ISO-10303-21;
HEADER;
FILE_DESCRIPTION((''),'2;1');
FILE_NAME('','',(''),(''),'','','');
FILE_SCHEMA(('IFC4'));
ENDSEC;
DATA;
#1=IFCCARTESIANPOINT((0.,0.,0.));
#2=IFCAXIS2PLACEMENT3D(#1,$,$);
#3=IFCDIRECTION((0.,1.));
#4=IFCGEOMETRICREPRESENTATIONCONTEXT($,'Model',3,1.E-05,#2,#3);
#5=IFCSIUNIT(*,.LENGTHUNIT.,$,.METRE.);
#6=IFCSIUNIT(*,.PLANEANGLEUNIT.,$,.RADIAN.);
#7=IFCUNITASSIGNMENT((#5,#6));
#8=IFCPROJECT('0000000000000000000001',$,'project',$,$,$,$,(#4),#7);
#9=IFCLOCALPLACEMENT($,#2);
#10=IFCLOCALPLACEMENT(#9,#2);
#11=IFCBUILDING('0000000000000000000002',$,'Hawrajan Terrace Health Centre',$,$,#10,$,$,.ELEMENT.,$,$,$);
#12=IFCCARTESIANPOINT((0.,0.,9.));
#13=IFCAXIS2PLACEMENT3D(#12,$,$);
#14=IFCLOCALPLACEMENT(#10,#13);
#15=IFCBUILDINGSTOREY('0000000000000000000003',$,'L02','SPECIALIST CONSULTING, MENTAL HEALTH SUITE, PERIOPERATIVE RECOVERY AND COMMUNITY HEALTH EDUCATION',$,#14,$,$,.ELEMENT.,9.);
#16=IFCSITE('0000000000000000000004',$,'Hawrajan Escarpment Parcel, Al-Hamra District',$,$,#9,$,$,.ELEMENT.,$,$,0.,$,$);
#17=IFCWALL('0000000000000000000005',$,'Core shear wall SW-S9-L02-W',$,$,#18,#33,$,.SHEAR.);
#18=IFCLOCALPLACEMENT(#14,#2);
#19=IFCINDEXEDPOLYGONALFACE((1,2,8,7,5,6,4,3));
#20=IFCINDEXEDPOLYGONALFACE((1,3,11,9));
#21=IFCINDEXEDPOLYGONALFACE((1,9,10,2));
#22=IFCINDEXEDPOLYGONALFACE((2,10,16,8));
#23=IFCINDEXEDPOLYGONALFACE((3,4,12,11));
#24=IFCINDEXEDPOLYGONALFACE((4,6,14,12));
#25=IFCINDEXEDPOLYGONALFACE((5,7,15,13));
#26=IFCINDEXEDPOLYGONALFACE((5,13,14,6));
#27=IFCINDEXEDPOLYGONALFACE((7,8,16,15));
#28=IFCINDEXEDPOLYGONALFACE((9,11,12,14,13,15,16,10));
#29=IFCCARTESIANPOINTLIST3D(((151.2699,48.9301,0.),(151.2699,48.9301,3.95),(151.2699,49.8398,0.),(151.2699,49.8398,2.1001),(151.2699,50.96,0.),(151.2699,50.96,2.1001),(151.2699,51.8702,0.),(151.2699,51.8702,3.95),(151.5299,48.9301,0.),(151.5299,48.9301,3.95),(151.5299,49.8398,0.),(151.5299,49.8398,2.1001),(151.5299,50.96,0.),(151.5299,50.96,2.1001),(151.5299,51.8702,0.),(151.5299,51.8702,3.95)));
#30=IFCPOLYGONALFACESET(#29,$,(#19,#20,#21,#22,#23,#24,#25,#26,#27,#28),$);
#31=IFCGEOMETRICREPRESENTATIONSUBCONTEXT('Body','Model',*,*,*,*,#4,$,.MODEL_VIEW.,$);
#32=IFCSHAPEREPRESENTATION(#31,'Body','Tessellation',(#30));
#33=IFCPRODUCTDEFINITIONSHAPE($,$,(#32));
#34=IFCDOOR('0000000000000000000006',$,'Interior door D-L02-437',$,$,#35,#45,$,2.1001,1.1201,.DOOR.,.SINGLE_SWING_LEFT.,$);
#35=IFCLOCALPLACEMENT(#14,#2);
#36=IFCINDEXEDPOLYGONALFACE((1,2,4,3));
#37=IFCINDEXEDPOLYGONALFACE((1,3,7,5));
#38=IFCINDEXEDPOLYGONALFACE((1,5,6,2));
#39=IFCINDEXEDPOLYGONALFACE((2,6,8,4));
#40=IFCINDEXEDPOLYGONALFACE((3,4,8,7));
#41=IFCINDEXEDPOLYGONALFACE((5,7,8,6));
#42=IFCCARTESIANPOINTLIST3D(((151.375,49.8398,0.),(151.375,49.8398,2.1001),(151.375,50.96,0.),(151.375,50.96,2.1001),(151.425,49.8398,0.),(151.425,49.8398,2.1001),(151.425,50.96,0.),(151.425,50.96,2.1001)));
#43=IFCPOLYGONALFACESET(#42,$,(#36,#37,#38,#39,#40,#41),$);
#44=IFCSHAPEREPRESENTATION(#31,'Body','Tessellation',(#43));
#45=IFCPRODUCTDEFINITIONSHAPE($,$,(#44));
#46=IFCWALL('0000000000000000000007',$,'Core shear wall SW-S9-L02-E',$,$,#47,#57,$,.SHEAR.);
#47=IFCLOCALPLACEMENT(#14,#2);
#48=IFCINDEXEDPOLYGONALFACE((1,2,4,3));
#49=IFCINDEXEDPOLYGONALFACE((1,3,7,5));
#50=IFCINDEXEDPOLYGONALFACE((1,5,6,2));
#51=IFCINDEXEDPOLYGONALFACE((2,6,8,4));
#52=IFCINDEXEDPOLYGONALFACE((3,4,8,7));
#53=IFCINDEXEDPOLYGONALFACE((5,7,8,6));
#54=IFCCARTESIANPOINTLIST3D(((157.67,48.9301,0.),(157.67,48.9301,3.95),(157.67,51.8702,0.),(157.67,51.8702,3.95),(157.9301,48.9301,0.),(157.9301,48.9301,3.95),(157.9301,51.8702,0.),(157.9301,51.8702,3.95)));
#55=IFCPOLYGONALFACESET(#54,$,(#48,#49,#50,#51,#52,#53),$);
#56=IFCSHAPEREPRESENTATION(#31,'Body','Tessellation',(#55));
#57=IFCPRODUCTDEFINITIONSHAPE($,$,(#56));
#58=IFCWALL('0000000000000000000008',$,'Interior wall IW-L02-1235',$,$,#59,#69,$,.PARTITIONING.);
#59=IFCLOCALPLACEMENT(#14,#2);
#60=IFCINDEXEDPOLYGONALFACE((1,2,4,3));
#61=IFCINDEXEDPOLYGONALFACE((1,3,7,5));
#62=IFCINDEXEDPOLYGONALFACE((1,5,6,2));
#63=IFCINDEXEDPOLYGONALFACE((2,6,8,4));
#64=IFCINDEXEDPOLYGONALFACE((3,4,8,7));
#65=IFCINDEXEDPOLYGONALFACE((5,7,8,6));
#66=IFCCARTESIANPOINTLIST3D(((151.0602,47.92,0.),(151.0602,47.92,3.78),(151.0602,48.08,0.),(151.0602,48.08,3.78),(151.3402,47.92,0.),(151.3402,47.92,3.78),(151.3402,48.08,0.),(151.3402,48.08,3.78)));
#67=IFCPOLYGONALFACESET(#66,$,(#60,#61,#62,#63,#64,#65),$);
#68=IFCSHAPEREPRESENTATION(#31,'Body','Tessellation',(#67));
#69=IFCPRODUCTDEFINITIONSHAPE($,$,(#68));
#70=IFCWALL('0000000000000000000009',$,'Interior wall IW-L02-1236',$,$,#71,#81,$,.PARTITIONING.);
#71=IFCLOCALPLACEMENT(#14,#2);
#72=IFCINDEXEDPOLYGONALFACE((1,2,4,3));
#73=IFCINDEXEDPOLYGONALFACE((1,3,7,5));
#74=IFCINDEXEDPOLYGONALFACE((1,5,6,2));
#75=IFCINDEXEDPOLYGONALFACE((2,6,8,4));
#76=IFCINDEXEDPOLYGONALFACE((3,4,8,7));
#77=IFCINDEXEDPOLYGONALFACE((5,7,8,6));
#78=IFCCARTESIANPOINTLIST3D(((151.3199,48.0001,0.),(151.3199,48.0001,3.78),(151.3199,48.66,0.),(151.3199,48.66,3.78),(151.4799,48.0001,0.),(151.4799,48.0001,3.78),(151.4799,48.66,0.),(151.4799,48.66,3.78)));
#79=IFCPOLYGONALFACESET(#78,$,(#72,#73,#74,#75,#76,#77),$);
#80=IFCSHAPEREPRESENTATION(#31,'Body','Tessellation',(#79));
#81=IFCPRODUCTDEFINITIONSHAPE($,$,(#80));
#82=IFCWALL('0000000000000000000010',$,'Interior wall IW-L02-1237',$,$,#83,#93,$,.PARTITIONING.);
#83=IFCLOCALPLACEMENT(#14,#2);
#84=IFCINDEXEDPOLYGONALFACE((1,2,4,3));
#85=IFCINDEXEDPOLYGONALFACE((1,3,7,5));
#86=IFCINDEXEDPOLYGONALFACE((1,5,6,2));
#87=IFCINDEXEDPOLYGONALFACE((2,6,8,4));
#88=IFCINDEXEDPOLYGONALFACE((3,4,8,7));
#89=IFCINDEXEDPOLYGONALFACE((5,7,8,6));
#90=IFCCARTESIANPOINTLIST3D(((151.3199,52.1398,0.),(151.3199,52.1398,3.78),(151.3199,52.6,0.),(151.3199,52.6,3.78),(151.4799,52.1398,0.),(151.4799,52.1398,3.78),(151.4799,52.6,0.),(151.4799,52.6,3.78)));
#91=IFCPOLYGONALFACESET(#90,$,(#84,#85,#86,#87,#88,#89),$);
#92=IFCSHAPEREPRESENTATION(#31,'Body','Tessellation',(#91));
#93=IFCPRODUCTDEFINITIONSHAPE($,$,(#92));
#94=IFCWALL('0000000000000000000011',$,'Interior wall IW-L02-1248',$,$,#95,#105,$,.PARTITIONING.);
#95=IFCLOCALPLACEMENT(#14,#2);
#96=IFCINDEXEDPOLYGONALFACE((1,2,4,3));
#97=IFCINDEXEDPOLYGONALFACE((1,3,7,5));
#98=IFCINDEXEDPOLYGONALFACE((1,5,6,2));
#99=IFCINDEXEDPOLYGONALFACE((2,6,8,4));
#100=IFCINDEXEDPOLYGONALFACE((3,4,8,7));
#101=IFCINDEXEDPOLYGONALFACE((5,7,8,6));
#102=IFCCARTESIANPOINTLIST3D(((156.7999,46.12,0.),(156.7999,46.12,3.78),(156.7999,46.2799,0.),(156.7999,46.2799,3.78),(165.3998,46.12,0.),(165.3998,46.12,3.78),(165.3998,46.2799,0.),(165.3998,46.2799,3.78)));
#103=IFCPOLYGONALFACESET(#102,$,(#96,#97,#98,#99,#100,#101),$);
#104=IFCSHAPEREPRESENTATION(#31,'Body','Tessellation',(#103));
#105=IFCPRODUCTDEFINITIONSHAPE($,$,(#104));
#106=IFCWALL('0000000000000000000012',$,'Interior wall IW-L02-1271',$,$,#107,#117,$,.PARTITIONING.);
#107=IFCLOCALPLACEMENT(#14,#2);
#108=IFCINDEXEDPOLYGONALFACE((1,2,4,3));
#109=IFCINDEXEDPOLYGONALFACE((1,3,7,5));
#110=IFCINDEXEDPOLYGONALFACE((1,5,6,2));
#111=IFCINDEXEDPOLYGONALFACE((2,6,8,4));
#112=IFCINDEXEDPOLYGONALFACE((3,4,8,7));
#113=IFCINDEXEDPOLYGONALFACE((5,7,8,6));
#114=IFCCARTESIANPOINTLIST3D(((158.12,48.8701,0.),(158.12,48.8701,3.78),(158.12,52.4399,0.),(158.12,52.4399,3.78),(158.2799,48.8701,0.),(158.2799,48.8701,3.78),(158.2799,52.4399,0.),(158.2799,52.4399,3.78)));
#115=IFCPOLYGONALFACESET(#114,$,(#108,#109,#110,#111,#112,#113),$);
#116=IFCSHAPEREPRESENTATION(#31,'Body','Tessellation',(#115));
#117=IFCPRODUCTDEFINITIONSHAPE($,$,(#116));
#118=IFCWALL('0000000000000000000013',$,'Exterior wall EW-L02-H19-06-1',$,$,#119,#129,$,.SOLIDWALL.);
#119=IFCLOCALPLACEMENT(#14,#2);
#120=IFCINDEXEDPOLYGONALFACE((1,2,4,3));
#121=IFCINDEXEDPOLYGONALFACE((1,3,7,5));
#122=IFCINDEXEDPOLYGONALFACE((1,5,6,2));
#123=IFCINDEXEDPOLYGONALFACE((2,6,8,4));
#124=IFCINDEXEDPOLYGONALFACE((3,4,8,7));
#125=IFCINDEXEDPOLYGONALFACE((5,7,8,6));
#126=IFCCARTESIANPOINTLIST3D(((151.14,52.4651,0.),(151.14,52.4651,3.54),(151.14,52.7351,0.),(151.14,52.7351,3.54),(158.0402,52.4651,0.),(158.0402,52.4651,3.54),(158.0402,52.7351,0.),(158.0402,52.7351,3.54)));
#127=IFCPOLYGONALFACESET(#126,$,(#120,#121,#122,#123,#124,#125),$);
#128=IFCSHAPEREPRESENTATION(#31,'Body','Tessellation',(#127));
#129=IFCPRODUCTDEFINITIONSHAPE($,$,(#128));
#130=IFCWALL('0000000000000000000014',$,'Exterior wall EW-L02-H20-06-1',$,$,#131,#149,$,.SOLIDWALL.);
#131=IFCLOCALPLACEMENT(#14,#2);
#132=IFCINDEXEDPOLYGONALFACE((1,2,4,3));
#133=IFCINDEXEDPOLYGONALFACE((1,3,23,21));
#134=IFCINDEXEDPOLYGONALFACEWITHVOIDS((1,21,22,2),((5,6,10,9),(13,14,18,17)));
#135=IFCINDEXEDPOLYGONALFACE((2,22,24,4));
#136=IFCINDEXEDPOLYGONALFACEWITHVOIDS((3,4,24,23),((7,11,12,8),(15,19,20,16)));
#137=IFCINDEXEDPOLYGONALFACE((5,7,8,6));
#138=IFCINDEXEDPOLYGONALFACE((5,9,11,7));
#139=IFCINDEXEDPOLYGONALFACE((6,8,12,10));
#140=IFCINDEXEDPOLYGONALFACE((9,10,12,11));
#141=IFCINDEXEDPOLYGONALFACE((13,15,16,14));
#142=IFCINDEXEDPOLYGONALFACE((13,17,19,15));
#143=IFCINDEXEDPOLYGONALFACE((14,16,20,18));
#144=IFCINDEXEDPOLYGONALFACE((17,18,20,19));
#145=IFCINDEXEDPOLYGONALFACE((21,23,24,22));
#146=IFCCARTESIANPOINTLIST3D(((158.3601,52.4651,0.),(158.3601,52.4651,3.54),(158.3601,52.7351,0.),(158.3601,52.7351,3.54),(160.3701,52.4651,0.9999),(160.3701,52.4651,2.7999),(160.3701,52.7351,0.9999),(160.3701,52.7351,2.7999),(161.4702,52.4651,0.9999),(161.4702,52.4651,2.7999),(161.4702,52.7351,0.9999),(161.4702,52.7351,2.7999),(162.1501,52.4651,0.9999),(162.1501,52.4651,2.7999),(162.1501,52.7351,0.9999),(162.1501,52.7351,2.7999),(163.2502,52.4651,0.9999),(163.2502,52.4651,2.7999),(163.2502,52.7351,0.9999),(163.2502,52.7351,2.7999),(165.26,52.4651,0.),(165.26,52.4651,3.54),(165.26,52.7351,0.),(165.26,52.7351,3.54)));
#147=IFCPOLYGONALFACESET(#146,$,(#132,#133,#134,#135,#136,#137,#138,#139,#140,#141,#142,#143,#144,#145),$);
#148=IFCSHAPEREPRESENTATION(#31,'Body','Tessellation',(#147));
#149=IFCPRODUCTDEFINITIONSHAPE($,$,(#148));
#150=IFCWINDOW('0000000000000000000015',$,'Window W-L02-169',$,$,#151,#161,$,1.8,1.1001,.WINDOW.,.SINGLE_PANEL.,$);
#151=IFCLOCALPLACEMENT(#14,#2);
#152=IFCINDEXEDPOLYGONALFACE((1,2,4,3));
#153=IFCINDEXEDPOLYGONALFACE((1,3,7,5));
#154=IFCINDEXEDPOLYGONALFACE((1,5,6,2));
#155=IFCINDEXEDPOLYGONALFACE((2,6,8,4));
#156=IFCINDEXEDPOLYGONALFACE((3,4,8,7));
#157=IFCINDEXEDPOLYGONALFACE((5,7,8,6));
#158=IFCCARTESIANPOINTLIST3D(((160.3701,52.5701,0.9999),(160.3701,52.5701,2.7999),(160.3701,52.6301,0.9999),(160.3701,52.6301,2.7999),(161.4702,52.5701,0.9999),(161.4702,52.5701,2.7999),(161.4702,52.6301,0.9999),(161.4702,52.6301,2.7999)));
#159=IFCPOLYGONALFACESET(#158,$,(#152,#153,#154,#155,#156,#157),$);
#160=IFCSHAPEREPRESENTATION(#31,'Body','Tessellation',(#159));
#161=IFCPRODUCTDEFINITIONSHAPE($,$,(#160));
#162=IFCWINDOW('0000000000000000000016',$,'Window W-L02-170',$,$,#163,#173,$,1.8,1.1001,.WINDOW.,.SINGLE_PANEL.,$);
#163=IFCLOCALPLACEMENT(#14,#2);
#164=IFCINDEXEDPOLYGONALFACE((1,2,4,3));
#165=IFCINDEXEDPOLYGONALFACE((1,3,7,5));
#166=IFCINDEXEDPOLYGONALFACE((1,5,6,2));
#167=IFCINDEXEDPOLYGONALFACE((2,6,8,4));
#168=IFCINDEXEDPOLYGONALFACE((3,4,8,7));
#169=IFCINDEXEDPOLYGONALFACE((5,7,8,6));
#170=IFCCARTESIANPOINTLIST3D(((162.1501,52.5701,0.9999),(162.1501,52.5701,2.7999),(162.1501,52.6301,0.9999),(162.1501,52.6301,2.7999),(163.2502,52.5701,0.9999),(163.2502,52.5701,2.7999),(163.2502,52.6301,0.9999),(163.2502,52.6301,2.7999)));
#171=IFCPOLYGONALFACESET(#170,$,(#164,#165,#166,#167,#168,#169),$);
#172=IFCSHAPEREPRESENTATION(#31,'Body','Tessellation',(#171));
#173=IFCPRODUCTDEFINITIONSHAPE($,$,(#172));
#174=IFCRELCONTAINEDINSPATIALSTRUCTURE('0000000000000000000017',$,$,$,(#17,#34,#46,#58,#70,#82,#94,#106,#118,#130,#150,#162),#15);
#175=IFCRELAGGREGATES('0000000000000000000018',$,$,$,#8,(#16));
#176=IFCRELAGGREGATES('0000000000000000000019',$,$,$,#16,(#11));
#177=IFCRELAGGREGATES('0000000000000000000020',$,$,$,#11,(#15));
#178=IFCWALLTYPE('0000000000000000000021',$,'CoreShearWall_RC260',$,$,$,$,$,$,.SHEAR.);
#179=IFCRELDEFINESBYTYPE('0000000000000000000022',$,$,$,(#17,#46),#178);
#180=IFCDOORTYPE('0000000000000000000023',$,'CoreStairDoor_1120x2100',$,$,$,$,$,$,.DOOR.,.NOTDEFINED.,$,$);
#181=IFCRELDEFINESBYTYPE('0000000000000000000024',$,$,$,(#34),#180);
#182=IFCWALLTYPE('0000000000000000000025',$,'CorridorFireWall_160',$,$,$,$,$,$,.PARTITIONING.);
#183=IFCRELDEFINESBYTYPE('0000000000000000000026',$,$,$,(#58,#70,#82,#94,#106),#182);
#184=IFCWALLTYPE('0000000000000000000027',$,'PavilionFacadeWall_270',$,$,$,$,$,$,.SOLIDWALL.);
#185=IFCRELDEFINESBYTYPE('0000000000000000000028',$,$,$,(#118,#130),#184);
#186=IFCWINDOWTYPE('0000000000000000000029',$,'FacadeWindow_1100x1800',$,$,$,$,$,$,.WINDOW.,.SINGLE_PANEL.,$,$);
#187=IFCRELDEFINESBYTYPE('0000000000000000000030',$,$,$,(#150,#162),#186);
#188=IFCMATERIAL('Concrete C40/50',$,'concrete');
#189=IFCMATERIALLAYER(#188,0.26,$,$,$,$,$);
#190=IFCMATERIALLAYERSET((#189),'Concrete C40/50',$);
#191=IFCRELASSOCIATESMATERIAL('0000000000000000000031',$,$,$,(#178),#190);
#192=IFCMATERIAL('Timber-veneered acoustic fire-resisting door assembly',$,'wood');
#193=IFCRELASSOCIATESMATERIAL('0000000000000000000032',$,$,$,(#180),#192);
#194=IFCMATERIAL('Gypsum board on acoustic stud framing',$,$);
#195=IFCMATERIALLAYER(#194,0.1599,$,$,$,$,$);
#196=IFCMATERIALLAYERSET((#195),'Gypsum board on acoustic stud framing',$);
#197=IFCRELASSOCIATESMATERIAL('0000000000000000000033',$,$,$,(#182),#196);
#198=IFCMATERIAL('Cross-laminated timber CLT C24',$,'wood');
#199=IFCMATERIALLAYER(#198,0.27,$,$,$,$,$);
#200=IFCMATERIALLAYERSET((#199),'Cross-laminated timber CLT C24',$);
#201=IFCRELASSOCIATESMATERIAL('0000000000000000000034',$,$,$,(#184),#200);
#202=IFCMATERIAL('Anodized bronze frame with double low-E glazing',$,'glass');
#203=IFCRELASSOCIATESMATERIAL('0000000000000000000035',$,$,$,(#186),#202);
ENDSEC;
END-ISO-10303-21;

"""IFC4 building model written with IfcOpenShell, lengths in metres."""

from ifc_helpers import new_model, si_unit, direction, frame, frame_2d, origin, place, context, subcontext, project, spatial, rectangle, extrude, material, layer, layer_set, type_object, element, fill, save


model = new_model("IFC4")

# Units and contexts
model_context = context("Model", 3, precision=1e-05, world=origin(), true_north=direction((0.0, 1.0)))
body_context = subcontext(model_context, "Body", "Model", "MODEL_VIEW")
ifc_project = project(units=[si_unit("LENGTHUNIT", "METRE"), si_unit("PLANEANGLEUNIT", "RADIAN")], contexts=[model_context])

# Site, building, storey
site_placement = place(None, origin())
site = spatial("IfcSite", under=ifc_project, at=site_placement, Name="Hawrajan Escarpment Parcel, Al-Hamra District", CompositionType="ELEMENT", RefElevation=0.0)
building_placement = place(site_placement, origin())
building = spatial("IfcBuilding", under=site, at=building_placement, Name="Hawrajan Terrace Health Centre", CompositionType="ELEMENT")
storey_placement = place(building_placement, frame((0.0, 0.0, 9.0)))
storey = spatial("IfcBuildingStorey", under=building, at=storey_placement, Name="L02", Description="SPECIALIST CONSULTING, MENTAL HEALTH SUITE, PERIOPERATIVE RECOVERY AND COMMUNITY HEALTH EDUCATION", CompositionType="ELEMENT", Elevation=9.0)

# Shared definitions
ifc_material_1 = material(Name="Gypsum board on acoustic stud framing")

# Shared definitions
ifc_material_2 = material(Name="Concrete C40/50", Category="concrete")
ifc_layer_1 = layer(ifc_material_2, 0.26)
ifc_layer_set_1 = layer_set([ifc_layer_1], Name="Concrete C40/50")
wall_type_1 = type_object("IfcWallType", Name="CoreShearWall_RC260", PredefinedType="SHEAR", material=ifc_layer_set_1)

# Wall, opening, door
wall_1_placement = place(storey_placement, frame((151.3999, 48.9299, 0.0), z_axis=(0.0, 0.0, 1.0), x_axis=(0.0, 1.0, 0.0)))
wall_1 = element("IfcWall", 1, at=wall_1_placement, inside=storey, type_object=wall_type_1, Name="Core shear wall SW-S9-L02-W", PredefinedType="SHEAR", context=body_context, shape_type="SweptSolid", body=[
    extrude(rectangle(XDim=2.9402, YDim=0.26, at=frame_2d((1.4702, 0.0))), origin(), (0.0, 0.0, 1.0), 3.95),
])
opening_1_placement = place(wall_1_placement, frame((0.9099, 0.0, 0.0)))
opening_1 = element("IfcOpeningElement", 2, at=opening_1_placement, cuts=wall_1, PredefinedType="OPENING", context=body_context, shape_type="SweptSolid", body=[
    extrude(rectangle(XDim=1.1201, YDim=2.1001, at=frame_2d((0.5601, 1.05))), frame((0.0, 0.1399, 0.0), z_axis=(0.0, -1.0, 0.0), x_axis=(1.0, 0.0, 0.0)), (0.0, 0.0, 1.0), 0.28),
])
ifc_material_3 = material(Name="Timber-veneered acoustic fire-resisting door assembly", Category="wood")
door_type_1 = type_object("IfcDoorType", Name="CoreStairDoor_1120x2100", OperationType="NOTDEFINED", PredefinedType="DOOR", material=ifc_material_3)
door_1_placement = place(opening_1_placement, origin())
door_1 = element("IfcDoor", 3, at=door_1_placement, inside=storey, type_object=door_type_1, Name="Interior door D-L02-437", OperationType="SINGLE_SWING_LEFT", OverallHeight=2.1001, OverallWidth=1.1201, PredefinedType="DOOR", context=body_context, shape_type="SweptSolid", body=[
    extrude(rectangle(XDim=1.1201, YDim=2.1001, at=frame_2d((0.5601, 1.05))), frame((0.0, 0.0249, 0.0), z_axis=(0.0, -1.0, 0.0), x_axis=(1.0, 0.0, 0.0)), (0.0, 0.0, 1.0), 0.05),
])
fill(opening_1, door_1)

# Walls
wall_2_placement = place(storey_placement, frame((157.8, 48.9299, 0.0), z_axis=(0.0, 0.0, 1.0), x_axis=(0.0, 1.0, 0.0)))
element("IfcWall", 4, at=wall_2_placement, inside=storey, type_object=wall_type_1, Name="Core shear wall SW-S9-L02-E", PredefinedType="SHEAR", context=body_context, shape_type="SweptSolid", body=[
    extrude(rectangle(XDim=2.9402, YDim=0.26, at=frame_2d((1.4702, 0.0))), origin(), (0.0, 0.0, 1.0), 3.95),
])
ifc_layer_2 = layer(ifc_material_1, 0.1599)
ifc_layer_set_2 = layer_set([ifc_layer_2], Name="Gypsum board on acoustic stud framing")
wall_type_2 = type_object("IfcWallType", Name="CorridorFireWall_160", PredefinedType="PARTITIONING", material=ifc_layer_set_2)
wall_3_placement = place(storey_placement, frame((151.0601, 48.0, 0.0), z_axis=(0.0, 0.0, 1.0), x_axis=(1.0, 0.0, 0.0)))
element("IfcWall", 5, at=wall_3_placement, inside=storey, type_object=wall_type_2, Name="Interior wall IW-L02-1235", PredefinedType="PARTITIONING", context=body_context, shape_type="SweptSolid", body=[
    extrude(rectangle(XDim=0.28, YDim=0.1599, at=frame_2d((0.1401, 0.0))), origin(), (0.0, 0.0, 1.0), 3.78),
])
wall_4_placement = place(storey_placement, frame((151.3999, 48.0, 0.0), z_axis=(0.0, 0.0, 1.0), x_axis=(0.0, 1.0, 0.0)))
element("IfcWall", 6, at=wall_4_placement, inside=storey, type_object=wall_type_2, Name="Interior wall IW-L02-1236", PredefinedType="PARTITIONING", context=body_context, shape_type="SweptSolid", body=[
    extrude(rectangle(XDim=0.6599, YDim=0.1599, at=frame_2d((0.3301, 0.0))), origin(), (0.0, 0.0, 1.0), 3.78),
])
wall_5_placement = place(storey_placement, frame((151.3999, 52.1399, 0.0), z_axis=(0.0, 0.0, 1.0), x_axis=(0.0, 1.0, 0.0)))
element("IfcWall", 7, at=wall_5_placement, inside=storey, type_object=wall_type_2, Name="Interior wall IW-L02-1237", PredefinedType="PARTITIONING", context=body_context, shape_type="SweptSolid", body=[
    extrude(rectangle(XDim=0.4602, YDim=0.1599, at=frame_2d((0.23, 0.0))), origin(), (0.0, 0.0, 1.0), 3.78),
])
wall_6_placement = place(storey_placement, frame((156.8, 46.2, 0.0), z_axis=(0.0, 0.0, 1.0), x_axis=(1.0, 0.0, 0.0)))
element("IfcWall", 8, at=wall_6_placement, inside=storey, type_object=wall_type_2, Name="Interior wall IW-L02-1248", PredefinedType="PARTITIONING", context=body_context, shape_type="SweptSolid", body=[
    extrude(rectangle(XDim=8.5999, YDim=0.1599, at=frame_2d((4.2998, 0.0))), origin(), (0.0, 0.0, 1.0), 3.78),
])
wall_7_placement = place(storey_placement, frame((158.2, 48.8701, 0.0), z_axis=(0.0, 0.0, 1.0), x_axis=(0.0, 1.0, 0.0)))
element("IfcWall", 9, at=wall_7_placement, inside=storey, type_object=wall_type_2, Name="Interior wall IW-L02-1271", PredefinedType="PARTITIONING", context=body_context, shape_type="SweptSolid", body=[
    extrude(rectangle(XDim=3.5698, YDim=0.1599, at=frame_2d((1.7849, 0.0))), origin(), (0.0, 0.0, 1.0), 3.78),
])
ifc_material_4 = material(Name="Cross-laminated timber CLT C24", Category="wood")
ifc_layer_3 = layer(ifc_material_4, 0.27)
ifc_layer_set_3 = layer_set([ifc_layer_3], Name="Cross-laminated timber CLT C24")
wall_type_3 = type_object("IfcWallType", Name="PavilionFacadeWall_270", PredefinedType="SOLIDWALL", material=ifc_layer_set_3)
wall_8_placement = place(storey_placement, frame((151.1399, 52.6001, 0.0), z_axis=(0.0, 0.0, 1.0), x_axis=(1.0, 0.0, 0.0)))
element("IfcWall", 10, at=wall_8_placement, inside=storey, type_object=wall_type_3, Name="Exterior wall EW-L02-H19-06-1", PredefinedType="SOLIDWALL", context=body_context, shape_type="SweptSolid", body=[
    extrude(rectangle(XDim=6.9001, YDim=0.27, at=frame_2d((3.4502, 0.0))), origin(), (0.0, 0.0, 1.0), 3.54),
])

# Wall, openings, windows
wall_9_placement = place(storey_placement, frame((158.3601, 52.6001, 0.0), z_axis=(0.0, 0.0, 1.0), x_axis=(1.0, 0.0, 0.0)))
wall_9 = element("IfcWall", 11, at=wall_9_placement, inside=storey, type_object=wall_type_3, Name="Exterior wall EW-L02-H20-06-1", PredefinedType="SOLIDWALL", context=body_context, shape_type="SweptSolid", body=[
    extrude(rectangle(XDim=6.8999, YDim=0.27, at=frame_2d((3.45, 0.0))), origin(), (0.0, 0.0, 1.0), 3.54),
])
opening_2_placement = place(wall_9_placement, frame((2.01, 0.0, 1.0)))
opening_2 = element("IfcOpeningElement", 12, at=opening_2_placement, cuts=wall_9, PredefinedType="OPENING", context=body_context, shape_type="SweptSolid", body=[
    extrude(rectangle(XDim=1.1001, YDim=1.8, at=frame_2d((0.55, 0.8999))), frame((0.0, 0.145, 0.0), z_axis=(0.0, -1.0, 0.0), x_axis=(1.0, 0.0, 0.0)), (0.0, 0.0, 1.0), 0.29),
])
opening_3_placement = place(wall_9_placement, frame((3.79, 0.0, 1.0)))
opening_3 = element("IfcOpeningElement", 13, at=opening_3_placement, cuts=wall_9, PredefinedType="OPENING", context=body_context, shape_type="SweptSolid", body=[
    extrude(rectangle(XDim=1.1001, YDim=1.8, at=frame_2d((0.55, 0.8999))), frame((0.0, 0.145, 0.0), z_axis=(0.0, -1.0, 0.0), x_axis=(1.0, 0.0, 0.0)), (0.0, 0.0, 1.0), 0.29),
])
ifc_material_5 = material(Name="Anodized bronze frame with double low-E glazing", Category="glass")
window_type = type_object("IfcWindowType", Name="FacadeWindow_1100x1800", PartitioningType="SINGLE_PANEL", PredefinedType="WINDOW", material=ifc_material_5)
window_1_placement = place(opening_2_placement, origin())
window_1 = element("IfcWindow", 14, at=window_1_placement, inside=storey, type_object=window_type, Name="Window W-L02-169", OverallHeight=1.8, OverallWidth=1.1001, PartitioningType="SINGLE_PANEL", PredefinedType="WINDOW", context=body_context, shape_type="SweptSolid", body=[
    extrude(rectangle(XDim=1.1001, YDim=1.8, at=frame_2d((0.55, 0.8999))), frame((0.0, 0.03, 0.0), z_axis=(0.0, -1.0, 0.0), x_axis=(1.0, 0.0, 0.0)), (0.0, 0.0, 1.0), 0.0601),
])
fill(opening_2, window_1)
window_2_placement = place(opening_3_placement, origin())
window_2 = element("IfcWindow", 15, at=window_2_placement, inside=storey, type_object=window_type, Name="Window W-L02-170", OverallHeight=1.8, OverallWidth=1.1001, PartitioningType="SINGLE_PANEL", PredefinedType="WINDOW", context=body_context, shape_type="SweptSolid", body=[
    extrude(rectangle(XDim=1.1001, YDim=1.8, at=frame_2d((0.55, 0.8999))), frame((0.0, 0.03, 0.0), z_axis=(0.0, -1.0, 0.0), x_axis=(1.0, 0.0, 0.0)), (0.0, 0.0, 1.0), 0.0601),
])
fill(opening_3, window_2)

save(model, "model.ifc")
